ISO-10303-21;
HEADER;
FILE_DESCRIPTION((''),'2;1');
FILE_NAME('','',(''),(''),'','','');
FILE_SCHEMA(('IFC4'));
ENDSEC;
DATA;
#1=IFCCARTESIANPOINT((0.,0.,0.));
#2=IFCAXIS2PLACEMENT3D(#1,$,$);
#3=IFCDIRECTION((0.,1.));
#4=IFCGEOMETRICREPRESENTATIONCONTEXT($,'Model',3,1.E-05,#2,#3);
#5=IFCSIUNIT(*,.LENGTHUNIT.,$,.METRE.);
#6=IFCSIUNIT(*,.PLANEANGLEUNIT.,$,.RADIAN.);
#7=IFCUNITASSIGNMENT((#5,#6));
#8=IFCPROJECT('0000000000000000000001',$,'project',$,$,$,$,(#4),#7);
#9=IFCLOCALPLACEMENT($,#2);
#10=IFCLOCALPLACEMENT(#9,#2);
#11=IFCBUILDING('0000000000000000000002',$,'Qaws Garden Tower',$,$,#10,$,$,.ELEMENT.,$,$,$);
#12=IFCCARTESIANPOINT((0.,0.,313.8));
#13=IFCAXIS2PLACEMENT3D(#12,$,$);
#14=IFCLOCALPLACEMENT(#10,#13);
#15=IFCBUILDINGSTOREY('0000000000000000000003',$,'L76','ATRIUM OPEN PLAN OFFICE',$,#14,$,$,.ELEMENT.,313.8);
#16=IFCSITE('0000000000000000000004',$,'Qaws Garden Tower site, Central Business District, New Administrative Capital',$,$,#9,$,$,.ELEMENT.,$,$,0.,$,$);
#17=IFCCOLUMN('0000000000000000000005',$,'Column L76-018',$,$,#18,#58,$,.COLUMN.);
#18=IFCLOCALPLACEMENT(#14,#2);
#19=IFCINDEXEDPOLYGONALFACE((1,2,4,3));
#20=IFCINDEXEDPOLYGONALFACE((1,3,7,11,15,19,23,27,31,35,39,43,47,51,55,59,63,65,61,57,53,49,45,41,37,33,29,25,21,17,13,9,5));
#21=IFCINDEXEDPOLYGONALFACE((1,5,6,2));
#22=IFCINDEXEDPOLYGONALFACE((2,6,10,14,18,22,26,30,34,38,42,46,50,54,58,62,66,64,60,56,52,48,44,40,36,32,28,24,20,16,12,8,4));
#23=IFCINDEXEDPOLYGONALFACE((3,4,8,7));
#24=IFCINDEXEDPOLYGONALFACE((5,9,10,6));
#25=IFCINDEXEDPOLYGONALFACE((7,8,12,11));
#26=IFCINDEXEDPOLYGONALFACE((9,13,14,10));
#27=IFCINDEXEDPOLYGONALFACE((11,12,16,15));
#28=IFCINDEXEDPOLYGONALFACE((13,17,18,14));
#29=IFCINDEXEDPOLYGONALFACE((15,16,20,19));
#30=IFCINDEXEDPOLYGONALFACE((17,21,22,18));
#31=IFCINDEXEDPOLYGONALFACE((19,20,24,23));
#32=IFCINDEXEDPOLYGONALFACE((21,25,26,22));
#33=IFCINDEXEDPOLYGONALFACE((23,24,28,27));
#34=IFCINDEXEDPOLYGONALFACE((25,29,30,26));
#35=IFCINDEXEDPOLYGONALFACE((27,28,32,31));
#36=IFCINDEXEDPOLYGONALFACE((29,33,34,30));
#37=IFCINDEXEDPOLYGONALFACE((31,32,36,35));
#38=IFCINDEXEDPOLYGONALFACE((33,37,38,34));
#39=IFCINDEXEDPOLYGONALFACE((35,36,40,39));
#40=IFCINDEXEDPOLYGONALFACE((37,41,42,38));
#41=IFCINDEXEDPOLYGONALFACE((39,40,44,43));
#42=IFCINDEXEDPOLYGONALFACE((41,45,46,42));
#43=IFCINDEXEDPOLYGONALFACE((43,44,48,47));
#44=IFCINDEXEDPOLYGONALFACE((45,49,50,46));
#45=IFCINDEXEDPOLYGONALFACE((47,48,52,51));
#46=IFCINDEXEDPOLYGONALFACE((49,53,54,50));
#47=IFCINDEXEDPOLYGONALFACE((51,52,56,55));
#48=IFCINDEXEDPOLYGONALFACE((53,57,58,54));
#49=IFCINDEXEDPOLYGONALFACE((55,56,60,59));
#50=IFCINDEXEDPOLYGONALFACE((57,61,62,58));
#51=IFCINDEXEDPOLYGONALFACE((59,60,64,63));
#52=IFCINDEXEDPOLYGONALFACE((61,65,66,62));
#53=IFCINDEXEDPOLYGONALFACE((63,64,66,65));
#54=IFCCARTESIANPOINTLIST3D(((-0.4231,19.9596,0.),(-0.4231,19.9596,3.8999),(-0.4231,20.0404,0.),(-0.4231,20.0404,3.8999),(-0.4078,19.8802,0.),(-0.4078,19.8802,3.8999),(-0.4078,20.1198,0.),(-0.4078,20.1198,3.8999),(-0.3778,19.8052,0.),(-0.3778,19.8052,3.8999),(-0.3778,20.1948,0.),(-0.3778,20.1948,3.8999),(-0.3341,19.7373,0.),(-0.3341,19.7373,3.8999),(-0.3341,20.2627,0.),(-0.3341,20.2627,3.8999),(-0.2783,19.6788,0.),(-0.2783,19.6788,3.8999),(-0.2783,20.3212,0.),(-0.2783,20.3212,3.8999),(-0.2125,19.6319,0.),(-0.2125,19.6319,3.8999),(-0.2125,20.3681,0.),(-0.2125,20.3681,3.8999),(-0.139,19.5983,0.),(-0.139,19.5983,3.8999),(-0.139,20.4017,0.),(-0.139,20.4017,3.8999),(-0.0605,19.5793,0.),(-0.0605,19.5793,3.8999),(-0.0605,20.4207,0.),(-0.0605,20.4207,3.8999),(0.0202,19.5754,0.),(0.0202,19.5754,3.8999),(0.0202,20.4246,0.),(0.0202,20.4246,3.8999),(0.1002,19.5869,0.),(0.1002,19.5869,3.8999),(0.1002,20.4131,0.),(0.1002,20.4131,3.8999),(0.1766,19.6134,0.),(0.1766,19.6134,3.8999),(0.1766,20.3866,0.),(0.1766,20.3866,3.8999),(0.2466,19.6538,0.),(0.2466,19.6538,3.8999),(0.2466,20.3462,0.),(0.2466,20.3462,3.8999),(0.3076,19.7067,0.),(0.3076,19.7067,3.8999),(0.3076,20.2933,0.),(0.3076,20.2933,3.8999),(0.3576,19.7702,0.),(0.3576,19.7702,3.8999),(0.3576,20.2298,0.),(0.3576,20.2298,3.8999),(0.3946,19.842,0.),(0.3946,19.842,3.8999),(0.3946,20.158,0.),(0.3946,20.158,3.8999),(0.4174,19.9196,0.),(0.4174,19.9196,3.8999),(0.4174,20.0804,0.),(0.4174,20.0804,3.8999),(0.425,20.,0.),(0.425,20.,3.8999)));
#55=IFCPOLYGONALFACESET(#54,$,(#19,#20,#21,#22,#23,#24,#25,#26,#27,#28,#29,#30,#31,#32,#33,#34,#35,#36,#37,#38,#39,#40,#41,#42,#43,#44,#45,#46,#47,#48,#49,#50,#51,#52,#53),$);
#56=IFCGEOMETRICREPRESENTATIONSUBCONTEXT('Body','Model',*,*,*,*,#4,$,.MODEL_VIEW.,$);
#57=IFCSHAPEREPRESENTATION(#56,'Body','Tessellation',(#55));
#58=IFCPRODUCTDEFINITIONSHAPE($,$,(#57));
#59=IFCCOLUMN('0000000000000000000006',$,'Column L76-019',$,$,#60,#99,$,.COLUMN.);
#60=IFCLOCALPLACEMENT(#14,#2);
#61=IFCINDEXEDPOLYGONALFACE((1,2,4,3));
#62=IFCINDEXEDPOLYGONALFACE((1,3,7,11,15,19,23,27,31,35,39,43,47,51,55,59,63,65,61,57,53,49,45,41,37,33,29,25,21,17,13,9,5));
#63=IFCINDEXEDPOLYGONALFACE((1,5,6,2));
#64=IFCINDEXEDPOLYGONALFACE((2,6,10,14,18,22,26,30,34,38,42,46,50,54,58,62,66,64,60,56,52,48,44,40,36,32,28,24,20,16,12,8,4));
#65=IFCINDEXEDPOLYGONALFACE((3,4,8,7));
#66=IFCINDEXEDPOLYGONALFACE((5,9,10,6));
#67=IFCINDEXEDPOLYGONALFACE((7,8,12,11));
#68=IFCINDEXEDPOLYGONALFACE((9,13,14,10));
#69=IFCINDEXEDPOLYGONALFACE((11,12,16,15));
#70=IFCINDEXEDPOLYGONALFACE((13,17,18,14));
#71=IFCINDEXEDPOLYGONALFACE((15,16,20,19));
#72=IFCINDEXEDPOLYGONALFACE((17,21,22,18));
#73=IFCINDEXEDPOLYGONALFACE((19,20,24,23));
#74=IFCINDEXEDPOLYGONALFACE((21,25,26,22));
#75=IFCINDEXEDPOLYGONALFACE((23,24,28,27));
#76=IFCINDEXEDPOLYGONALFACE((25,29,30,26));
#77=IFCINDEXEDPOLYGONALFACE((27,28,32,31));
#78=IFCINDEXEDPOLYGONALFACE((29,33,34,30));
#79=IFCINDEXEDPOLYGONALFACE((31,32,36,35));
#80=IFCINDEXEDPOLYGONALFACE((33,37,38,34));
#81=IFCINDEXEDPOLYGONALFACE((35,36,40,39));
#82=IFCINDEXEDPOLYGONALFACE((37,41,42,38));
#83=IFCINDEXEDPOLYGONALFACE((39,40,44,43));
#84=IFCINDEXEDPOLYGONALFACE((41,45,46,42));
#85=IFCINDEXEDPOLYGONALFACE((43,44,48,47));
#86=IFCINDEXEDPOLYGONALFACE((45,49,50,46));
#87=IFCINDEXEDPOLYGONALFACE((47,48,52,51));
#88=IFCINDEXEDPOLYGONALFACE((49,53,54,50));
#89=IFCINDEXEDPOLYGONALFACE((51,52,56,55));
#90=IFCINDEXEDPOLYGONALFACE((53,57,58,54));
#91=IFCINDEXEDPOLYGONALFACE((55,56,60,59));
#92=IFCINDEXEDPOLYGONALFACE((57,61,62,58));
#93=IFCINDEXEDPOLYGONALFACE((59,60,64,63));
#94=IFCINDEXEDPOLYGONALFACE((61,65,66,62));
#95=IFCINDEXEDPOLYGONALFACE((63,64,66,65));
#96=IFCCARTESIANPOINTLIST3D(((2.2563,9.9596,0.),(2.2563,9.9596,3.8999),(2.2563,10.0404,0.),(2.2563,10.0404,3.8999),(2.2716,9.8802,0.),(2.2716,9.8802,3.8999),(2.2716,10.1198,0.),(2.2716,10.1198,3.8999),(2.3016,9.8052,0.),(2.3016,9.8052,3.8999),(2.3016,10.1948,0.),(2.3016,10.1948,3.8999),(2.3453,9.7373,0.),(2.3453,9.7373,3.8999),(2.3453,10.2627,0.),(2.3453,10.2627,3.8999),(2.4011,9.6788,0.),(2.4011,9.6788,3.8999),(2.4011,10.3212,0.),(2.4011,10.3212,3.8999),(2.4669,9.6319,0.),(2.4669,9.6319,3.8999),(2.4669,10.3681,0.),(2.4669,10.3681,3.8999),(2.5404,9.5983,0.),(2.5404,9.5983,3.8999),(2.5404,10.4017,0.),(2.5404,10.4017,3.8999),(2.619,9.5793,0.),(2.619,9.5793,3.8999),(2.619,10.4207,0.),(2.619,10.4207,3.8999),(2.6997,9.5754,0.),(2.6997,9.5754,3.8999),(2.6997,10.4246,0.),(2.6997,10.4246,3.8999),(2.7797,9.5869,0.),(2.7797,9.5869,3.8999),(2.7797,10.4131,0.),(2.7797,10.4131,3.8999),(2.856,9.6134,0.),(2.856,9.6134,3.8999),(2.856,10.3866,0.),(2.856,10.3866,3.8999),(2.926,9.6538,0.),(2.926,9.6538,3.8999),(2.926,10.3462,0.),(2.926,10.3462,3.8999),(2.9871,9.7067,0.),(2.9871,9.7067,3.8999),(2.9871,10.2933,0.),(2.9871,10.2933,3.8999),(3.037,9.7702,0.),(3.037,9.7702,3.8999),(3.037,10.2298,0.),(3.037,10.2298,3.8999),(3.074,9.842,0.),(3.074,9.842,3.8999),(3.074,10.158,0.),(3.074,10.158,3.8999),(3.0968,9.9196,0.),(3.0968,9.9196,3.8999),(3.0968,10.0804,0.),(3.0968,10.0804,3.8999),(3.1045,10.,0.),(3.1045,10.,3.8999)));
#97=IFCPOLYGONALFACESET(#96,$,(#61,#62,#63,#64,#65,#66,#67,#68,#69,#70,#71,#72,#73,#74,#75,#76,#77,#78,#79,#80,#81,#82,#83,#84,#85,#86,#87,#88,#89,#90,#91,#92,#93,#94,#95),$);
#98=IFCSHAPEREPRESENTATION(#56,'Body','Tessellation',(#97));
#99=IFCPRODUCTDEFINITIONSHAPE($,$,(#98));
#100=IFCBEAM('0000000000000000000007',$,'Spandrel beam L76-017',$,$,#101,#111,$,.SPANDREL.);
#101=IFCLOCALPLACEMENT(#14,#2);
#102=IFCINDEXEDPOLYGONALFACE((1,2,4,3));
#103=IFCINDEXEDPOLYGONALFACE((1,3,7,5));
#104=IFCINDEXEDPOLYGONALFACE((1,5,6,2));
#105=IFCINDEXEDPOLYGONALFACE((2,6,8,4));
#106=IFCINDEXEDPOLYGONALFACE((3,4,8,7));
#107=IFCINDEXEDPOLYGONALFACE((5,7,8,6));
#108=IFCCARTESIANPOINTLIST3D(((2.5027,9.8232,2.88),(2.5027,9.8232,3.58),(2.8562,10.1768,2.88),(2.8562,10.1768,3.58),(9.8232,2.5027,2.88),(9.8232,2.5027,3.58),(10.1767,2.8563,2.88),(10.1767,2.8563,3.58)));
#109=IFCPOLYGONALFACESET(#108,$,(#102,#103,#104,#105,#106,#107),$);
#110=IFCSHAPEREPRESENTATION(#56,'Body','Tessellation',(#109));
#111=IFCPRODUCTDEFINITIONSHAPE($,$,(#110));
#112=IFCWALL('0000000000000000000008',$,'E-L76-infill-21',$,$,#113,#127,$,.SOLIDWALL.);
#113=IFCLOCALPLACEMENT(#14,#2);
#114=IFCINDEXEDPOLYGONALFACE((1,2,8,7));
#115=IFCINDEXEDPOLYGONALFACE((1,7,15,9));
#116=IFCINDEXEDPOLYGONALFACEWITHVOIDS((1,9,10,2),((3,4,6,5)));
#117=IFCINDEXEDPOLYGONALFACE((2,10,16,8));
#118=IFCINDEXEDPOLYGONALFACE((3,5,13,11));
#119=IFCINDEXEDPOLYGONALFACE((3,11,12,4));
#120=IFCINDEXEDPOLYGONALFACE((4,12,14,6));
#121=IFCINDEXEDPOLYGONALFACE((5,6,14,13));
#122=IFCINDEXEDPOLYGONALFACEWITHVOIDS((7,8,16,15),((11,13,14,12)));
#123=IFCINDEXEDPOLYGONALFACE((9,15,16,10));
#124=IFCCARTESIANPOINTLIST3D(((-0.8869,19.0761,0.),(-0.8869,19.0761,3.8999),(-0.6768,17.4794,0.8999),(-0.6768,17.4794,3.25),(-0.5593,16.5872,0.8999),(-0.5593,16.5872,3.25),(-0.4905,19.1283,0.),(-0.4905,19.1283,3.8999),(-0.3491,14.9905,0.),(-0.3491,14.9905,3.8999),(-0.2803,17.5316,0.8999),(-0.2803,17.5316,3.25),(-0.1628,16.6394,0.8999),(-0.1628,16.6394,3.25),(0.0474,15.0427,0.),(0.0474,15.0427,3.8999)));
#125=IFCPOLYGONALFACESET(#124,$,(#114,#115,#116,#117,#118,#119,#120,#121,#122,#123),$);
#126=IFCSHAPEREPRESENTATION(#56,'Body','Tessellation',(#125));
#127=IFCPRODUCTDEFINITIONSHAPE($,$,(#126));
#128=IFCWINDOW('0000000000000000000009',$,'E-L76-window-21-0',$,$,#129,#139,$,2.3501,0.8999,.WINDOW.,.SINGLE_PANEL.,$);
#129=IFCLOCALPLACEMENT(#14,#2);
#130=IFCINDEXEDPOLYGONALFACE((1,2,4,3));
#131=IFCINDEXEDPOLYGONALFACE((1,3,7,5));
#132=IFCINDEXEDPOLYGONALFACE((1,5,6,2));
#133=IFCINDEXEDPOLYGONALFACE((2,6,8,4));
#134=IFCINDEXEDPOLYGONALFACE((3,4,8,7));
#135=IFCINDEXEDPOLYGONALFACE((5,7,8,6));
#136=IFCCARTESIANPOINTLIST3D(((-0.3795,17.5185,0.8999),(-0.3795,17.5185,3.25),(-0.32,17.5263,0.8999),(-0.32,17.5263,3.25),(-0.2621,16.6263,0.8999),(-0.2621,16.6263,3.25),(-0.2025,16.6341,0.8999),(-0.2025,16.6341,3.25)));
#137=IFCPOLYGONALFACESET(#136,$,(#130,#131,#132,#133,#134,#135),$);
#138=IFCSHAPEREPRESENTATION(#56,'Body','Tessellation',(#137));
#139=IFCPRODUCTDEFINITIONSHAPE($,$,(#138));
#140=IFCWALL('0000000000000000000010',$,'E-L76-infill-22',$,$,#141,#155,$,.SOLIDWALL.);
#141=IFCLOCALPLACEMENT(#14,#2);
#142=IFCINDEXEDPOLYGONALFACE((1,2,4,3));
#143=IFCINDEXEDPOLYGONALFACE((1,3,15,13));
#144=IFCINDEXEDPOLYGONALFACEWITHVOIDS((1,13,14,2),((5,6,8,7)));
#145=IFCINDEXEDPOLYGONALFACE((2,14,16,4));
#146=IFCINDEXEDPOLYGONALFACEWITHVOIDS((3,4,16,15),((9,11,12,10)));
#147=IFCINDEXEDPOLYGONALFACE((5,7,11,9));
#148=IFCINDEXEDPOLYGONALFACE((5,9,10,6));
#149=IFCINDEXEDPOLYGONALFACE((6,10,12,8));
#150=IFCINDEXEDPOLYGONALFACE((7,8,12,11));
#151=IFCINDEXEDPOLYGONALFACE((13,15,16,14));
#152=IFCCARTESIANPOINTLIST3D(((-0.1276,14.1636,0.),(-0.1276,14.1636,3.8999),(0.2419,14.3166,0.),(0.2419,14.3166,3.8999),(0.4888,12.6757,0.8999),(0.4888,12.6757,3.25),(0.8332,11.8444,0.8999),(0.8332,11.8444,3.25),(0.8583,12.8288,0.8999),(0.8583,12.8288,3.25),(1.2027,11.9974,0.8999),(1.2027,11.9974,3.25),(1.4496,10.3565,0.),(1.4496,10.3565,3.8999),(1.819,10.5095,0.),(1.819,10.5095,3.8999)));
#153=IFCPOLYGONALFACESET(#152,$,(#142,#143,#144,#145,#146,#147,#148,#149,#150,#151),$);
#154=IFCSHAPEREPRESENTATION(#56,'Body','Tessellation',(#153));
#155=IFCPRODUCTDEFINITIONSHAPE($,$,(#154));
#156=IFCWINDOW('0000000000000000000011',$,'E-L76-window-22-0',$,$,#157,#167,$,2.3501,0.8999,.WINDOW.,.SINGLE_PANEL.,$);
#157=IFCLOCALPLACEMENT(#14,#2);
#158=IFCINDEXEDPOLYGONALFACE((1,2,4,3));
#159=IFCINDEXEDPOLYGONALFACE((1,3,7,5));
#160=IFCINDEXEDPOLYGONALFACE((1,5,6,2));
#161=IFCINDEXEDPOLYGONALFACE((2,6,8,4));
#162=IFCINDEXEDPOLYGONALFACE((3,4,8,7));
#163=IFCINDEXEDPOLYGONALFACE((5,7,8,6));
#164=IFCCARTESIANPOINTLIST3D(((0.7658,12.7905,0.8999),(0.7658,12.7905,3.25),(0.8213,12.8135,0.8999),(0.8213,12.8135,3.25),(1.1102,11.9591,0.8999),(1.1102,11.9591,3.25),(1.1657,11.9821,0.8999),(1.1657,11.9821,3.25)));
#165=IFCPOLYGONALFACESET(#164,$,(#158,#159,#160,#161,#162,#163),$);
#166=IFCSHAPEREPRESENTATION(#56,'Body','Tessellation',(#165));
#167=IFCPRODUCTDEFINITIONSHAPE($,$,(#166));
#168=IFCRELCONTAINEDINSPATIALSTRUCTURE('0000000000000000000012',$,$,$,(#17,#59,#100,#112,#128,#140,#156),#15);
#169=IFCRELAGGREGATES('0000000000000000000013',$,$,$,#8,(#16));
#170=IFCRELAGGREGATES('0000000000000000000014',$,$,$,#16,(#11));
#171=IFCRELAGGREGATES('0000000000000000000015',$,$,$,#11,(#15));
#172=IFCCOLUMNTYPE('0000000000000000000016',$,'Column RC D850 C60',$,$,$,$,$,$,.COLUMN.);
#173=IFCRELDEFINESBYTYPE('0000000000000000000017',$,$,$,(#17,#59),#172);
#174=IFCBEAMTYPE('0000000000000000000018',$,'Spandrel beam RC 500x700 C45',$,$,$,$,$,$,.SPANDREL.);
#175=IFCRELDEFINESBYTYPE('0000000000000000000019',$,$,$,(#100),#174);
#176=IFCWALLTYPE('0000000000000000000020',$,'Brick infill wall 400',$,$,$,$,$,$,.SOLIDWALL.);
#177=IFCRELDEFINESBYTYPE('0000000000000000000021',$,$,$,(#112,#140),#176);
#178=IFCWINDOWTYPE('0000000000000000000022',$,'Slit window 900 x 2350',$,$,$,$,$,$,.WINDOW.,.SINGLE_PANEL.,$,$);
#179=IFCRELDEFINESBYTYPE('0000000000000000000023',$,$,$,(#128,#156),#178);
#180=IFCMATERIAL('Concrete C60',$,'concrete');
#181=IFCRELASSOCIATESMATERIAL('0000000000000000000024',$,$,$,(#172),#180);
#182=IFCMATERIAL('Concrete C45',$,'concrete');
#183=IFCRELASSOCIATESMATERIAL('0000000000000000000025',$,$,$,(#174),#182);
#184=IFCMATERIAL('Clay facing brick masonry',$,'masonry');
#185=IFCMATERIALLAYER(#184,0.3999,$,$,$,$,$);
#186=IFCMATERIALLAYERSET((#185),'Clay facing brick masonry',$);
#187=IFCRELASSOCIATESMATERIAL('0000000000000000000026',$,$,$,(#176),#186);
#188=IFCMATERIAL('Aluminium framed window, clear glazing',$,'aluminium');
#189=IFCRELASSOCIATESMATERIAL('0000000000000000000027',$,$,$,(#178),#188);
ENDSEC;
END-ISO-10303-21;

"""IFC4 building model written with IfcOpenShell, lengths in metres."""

from ifc_helpers import new_model, si_unit, direction, frame, frame_2d, origin, origin_2d, place, context, subcontext, project, spatial, rectangle, circle, extrude, material, layer, layer_set, material_profile, profile_set, type_object, element, fill, save


model = new_model("IFC4")

# Units and contexts
model_context = context("Model", 3, precision=1e-05, world=origin(), true_north=direction((0.0, 1.0)))
body_context = subcontext(model_context, "Body", "Model", "MODEL_VIEW")
ifc_project = project(units=[si_unit("LENGTHUNIT", "METRE"), si_unit("PLANEANGLEUNIT", "RADIAN")], contexts=[model_context])

# Site, building, storey
site_placement = place(None, origin())
site = spatial("IfcSite", under=ifc_project, at=site_placement, Name="Qaws Garden Tower site, Central Business District, New Administrative Capital", CompositionType="ELEMENT", RefElevation=0.0)
building_placement = place(site_placement, origin())
building = spatial("IfcBuilding", under=site, at=building_placement, Name="Qaws Garden Tower", CompositionType="ELEMENT")
storey_placement = place(building_placement, frame((0.0, 0.0, 313.8)))
storey = spatial("IfcBuildingStorey", under=building, at=storey_placement, Name="L76", Description="ATRIUM OPEN PLAN OFFICE", CompositionType="ELEMENT", Elevation=313.8)

# Columns
ifc_material_1 = material(Name="Concrete C60", Category="concrete")
ifc_material_profile_1 = material_profile(ifc_material_1, circle(Radius=0.425, at=origin_2d()), Name="RC D850")
ifc_profile_set_1 = profile_set([ifc_material_profile_1], Name="Concrete C60")
column_type = type_object("IfcColumnType", Name="Column RC D850 C60", PredefinedType="COLUMN", material=ifc_profile_set_1)
for number, where, z_axis, x_axis, name in (
    (1, (0.0, 20.0, 0.0), (0.0, 0.0, 1.0), (1.0, 0.0, 0.0), "Column L76-018"),
    (2, (2.6794, 10.0, 0.0), (0.0, 0.0, 1.0), (1.0, 0.0, 0.0), "Column L76-019"),
):
    element("IfcColumn", number, at=place(storey_placement, frame(where, z_axis=z_axis, x_axis=x_axis)), inside=storey, type_object=column_type, Name=name, PredefinedType="COLUMN", context=body_context, shape_type="SweptSolid", body=[
        extrude(circle(Radius=0.425, at=origin_2d()), origin(), (0.0, 0.0, 1.0), 3.8999),
    ])

# Beam
ifc_material_2 = material(Name="Concrete C45", Category="concrete")
ifc_material_profile_2 = material_profile(ifc_material_2, rectangle(XDim=0.5, YDim=0.7, at=origin_2d()), Name="RC 500x700")
ifc_profile_set_2 = profile_set([ifc_material_profile_2], Name="Concrete C45")
beam_type = type_object("IfcBeamType", Name="Spandrel beam RC 500x700 C45", PredefinedType="SPANDREL", material=ifc_profile_set_2)
beam_placement = place(storey_placement, frame((2.6794, 10.0, 3.23), z_axis=(0.707107, -0.707107, 0.0), x_axis=(0.707107, 0.707107, 0.0)))
element("IfcBeam", 3, at=beam_placement, inside=storey, type_object=beam_type, Name="Spandrel beam L76-017", PredefinedType="SPANDREL", context=body_context, shape_type="SweptSolid", body=[
    extrude(rectangle(XDim=0.5, YDim=0.7, at=origin_2d()), origin(), (0.0, 0.0, 1.0), 10.3528),
])

# Walls, openings, windows
ifc_material_3 = material(Name="Clay facing brick masonry", Category="masonry")
ifc_layer_1 = layer(ifc_material_3, 0.3999)
ifc_layer_set_1 = layer_set([ifc_layer_1], Name="Clay facing brick masonry")
wall_type_1 = type_object("IfcWallType", Name="Brick infill wall 400", PredefinedType="SOLIDWALL", material=ifc_layer_set_1)
wall_1_placement = place(storey_placement, frame((-0.6887, 19.1023, 0.0), z_axis=(0.0, 0.0, 1.0), x_axis=(0.130514, -0.991446, 0.0)))
wall_1 = element("IfcWall", 4, at=wall_1_placement, inside=storey, type_object=wall_type_1, Name="E-L76-infill-21", PredefinedType="SOLIDWALL", context=body_context, shape_type="SweptSolid", body=[
    extrude(rectangle(XDim=4.1208, YDim=0.3999, at=frame_2d((2.0605, 0.0))), origin(), (0.0, 0.0, 1.0), 3.8999),
])
opening_1_placement = place(wall_1_placement, frame((1.6106, 0.0, 0.8999)))
opening_1 = element("IfcOpeningElement", 5, at=opening_1_placement, cuts=wall_1, PredefinedType="OPENING", context=body_context, shape_type="SweptSolid", body=[
    extrude(rectangle(XDim=0.8999, YDim=2.3501, at=frame_2d((0.45, 1.175))), frame((0.0, 0.21, 0.0), z_axis=(0.0, -1.0, 0.0), x_axis=(1.0, 0.0, 0.0)), (0.0, 0.0, 1.0), 0.4199),
])
ifc_material_4 = material(Name="Aluminium framed window, clear glazing", Category="aluminium")
window_type = type_object("IfcWindowType", Name="Slit window 900 x 2350", PartitioningType="SINGLE_PANEL", PredefinedType="WINDOW", material=ifc_material_4)
window_1_placement = place(opening_1_placement, origin())
window_1 = element("IfcWindow", 6, at=window_1_placement, inside=storey, type_object=window_type, Name="E-L76-window-21-0", OverallHeight=2.3501, OverallWidth=0.8999, PartitioningType="SINGLE_PANEL", PredefinedType="WINDOW", context=body_context, shape_type="SweptSolid", body=[
    extrude(rectangle(XDim=0.8999, YDim=2.3501, at=frame_2d((0.45, 1.175))), frame((0.0, 0.1599, 0.0), z_axis=(0.0, -1.0, 0.0), x_axis=(1.0, 0.0, 0.0)), (0.0, 0.0, 1.0), 0.0601),
])
fill(opening_1, window_1)
wall_2_placement = place(storey_placement, frame((0.0571, 14.2402, 0.0), z_axis=(0.0, 0.0, 1.0), x_axis=(0.382722, -0.923864, 0.0)))
wall_2 = element("IfcWall", 7, at=wall_2_placement, inside=storey, type_object=wall_type_1, Name="E-L76-infill-22", PredefinedType="SOLIDWALL", context=body_context, shape_type="SweptSolid", body=[
    extrude(rectangle(XDim=4.1208, YDim=0.3999, at=frame_2d((2.0605, 0.0))), origin(), (0.0, 0.0, 1.0), 3.8999),
])
opening_2_placement = place(wall_2_placement, frame((1.6106, 0.0, 0.8999)))
opening_2 = element("IfcOpeningElement", 8, at=opening_2_placement, cuts=wall_2, PredefinedType="OPENING", context=body_context, shape_type="SweptSolid", body=[
    extrude(rectangle(XDim=0.8999, YDim=2.3501, at=frame_2d((0.45, 1.175))), frame((0.0, 0.21, 0.0), z_axis=(0.0, -1.0, 0.0), x_axis=(1.0, 0.0, 0.0)), (0.0, 0.0, 1.0), 0.4199),
])
window_2_placement = place(opening_2_placement, origin())
window_2 = element("IfcWindow", 9, at=window_2_placement, inside=storey, type_object=window_type, Name="E-L76-window-22-0", OverallHeight=2.3501, OverallWidth=0.8999, PartitioningType="SINGLE_PANEL", PredefinedType="WINDOW", context=body_context, shape_type="SweptSolid", body=[
    extrude(rectangle(XDim=0.8999, YDim=2.3501, at=frame_2d((0.45, 1.175))), frame((0.0, 0.1599, 0.0), z_axis=(0.0, -1.0, 0.0), x_axis=(1.0, 0.0, 0.0)), (0.0, 0.0, 1.0), 0.0601),
])
fill(opening_2, window_2)

save(model, "model.ifc")
